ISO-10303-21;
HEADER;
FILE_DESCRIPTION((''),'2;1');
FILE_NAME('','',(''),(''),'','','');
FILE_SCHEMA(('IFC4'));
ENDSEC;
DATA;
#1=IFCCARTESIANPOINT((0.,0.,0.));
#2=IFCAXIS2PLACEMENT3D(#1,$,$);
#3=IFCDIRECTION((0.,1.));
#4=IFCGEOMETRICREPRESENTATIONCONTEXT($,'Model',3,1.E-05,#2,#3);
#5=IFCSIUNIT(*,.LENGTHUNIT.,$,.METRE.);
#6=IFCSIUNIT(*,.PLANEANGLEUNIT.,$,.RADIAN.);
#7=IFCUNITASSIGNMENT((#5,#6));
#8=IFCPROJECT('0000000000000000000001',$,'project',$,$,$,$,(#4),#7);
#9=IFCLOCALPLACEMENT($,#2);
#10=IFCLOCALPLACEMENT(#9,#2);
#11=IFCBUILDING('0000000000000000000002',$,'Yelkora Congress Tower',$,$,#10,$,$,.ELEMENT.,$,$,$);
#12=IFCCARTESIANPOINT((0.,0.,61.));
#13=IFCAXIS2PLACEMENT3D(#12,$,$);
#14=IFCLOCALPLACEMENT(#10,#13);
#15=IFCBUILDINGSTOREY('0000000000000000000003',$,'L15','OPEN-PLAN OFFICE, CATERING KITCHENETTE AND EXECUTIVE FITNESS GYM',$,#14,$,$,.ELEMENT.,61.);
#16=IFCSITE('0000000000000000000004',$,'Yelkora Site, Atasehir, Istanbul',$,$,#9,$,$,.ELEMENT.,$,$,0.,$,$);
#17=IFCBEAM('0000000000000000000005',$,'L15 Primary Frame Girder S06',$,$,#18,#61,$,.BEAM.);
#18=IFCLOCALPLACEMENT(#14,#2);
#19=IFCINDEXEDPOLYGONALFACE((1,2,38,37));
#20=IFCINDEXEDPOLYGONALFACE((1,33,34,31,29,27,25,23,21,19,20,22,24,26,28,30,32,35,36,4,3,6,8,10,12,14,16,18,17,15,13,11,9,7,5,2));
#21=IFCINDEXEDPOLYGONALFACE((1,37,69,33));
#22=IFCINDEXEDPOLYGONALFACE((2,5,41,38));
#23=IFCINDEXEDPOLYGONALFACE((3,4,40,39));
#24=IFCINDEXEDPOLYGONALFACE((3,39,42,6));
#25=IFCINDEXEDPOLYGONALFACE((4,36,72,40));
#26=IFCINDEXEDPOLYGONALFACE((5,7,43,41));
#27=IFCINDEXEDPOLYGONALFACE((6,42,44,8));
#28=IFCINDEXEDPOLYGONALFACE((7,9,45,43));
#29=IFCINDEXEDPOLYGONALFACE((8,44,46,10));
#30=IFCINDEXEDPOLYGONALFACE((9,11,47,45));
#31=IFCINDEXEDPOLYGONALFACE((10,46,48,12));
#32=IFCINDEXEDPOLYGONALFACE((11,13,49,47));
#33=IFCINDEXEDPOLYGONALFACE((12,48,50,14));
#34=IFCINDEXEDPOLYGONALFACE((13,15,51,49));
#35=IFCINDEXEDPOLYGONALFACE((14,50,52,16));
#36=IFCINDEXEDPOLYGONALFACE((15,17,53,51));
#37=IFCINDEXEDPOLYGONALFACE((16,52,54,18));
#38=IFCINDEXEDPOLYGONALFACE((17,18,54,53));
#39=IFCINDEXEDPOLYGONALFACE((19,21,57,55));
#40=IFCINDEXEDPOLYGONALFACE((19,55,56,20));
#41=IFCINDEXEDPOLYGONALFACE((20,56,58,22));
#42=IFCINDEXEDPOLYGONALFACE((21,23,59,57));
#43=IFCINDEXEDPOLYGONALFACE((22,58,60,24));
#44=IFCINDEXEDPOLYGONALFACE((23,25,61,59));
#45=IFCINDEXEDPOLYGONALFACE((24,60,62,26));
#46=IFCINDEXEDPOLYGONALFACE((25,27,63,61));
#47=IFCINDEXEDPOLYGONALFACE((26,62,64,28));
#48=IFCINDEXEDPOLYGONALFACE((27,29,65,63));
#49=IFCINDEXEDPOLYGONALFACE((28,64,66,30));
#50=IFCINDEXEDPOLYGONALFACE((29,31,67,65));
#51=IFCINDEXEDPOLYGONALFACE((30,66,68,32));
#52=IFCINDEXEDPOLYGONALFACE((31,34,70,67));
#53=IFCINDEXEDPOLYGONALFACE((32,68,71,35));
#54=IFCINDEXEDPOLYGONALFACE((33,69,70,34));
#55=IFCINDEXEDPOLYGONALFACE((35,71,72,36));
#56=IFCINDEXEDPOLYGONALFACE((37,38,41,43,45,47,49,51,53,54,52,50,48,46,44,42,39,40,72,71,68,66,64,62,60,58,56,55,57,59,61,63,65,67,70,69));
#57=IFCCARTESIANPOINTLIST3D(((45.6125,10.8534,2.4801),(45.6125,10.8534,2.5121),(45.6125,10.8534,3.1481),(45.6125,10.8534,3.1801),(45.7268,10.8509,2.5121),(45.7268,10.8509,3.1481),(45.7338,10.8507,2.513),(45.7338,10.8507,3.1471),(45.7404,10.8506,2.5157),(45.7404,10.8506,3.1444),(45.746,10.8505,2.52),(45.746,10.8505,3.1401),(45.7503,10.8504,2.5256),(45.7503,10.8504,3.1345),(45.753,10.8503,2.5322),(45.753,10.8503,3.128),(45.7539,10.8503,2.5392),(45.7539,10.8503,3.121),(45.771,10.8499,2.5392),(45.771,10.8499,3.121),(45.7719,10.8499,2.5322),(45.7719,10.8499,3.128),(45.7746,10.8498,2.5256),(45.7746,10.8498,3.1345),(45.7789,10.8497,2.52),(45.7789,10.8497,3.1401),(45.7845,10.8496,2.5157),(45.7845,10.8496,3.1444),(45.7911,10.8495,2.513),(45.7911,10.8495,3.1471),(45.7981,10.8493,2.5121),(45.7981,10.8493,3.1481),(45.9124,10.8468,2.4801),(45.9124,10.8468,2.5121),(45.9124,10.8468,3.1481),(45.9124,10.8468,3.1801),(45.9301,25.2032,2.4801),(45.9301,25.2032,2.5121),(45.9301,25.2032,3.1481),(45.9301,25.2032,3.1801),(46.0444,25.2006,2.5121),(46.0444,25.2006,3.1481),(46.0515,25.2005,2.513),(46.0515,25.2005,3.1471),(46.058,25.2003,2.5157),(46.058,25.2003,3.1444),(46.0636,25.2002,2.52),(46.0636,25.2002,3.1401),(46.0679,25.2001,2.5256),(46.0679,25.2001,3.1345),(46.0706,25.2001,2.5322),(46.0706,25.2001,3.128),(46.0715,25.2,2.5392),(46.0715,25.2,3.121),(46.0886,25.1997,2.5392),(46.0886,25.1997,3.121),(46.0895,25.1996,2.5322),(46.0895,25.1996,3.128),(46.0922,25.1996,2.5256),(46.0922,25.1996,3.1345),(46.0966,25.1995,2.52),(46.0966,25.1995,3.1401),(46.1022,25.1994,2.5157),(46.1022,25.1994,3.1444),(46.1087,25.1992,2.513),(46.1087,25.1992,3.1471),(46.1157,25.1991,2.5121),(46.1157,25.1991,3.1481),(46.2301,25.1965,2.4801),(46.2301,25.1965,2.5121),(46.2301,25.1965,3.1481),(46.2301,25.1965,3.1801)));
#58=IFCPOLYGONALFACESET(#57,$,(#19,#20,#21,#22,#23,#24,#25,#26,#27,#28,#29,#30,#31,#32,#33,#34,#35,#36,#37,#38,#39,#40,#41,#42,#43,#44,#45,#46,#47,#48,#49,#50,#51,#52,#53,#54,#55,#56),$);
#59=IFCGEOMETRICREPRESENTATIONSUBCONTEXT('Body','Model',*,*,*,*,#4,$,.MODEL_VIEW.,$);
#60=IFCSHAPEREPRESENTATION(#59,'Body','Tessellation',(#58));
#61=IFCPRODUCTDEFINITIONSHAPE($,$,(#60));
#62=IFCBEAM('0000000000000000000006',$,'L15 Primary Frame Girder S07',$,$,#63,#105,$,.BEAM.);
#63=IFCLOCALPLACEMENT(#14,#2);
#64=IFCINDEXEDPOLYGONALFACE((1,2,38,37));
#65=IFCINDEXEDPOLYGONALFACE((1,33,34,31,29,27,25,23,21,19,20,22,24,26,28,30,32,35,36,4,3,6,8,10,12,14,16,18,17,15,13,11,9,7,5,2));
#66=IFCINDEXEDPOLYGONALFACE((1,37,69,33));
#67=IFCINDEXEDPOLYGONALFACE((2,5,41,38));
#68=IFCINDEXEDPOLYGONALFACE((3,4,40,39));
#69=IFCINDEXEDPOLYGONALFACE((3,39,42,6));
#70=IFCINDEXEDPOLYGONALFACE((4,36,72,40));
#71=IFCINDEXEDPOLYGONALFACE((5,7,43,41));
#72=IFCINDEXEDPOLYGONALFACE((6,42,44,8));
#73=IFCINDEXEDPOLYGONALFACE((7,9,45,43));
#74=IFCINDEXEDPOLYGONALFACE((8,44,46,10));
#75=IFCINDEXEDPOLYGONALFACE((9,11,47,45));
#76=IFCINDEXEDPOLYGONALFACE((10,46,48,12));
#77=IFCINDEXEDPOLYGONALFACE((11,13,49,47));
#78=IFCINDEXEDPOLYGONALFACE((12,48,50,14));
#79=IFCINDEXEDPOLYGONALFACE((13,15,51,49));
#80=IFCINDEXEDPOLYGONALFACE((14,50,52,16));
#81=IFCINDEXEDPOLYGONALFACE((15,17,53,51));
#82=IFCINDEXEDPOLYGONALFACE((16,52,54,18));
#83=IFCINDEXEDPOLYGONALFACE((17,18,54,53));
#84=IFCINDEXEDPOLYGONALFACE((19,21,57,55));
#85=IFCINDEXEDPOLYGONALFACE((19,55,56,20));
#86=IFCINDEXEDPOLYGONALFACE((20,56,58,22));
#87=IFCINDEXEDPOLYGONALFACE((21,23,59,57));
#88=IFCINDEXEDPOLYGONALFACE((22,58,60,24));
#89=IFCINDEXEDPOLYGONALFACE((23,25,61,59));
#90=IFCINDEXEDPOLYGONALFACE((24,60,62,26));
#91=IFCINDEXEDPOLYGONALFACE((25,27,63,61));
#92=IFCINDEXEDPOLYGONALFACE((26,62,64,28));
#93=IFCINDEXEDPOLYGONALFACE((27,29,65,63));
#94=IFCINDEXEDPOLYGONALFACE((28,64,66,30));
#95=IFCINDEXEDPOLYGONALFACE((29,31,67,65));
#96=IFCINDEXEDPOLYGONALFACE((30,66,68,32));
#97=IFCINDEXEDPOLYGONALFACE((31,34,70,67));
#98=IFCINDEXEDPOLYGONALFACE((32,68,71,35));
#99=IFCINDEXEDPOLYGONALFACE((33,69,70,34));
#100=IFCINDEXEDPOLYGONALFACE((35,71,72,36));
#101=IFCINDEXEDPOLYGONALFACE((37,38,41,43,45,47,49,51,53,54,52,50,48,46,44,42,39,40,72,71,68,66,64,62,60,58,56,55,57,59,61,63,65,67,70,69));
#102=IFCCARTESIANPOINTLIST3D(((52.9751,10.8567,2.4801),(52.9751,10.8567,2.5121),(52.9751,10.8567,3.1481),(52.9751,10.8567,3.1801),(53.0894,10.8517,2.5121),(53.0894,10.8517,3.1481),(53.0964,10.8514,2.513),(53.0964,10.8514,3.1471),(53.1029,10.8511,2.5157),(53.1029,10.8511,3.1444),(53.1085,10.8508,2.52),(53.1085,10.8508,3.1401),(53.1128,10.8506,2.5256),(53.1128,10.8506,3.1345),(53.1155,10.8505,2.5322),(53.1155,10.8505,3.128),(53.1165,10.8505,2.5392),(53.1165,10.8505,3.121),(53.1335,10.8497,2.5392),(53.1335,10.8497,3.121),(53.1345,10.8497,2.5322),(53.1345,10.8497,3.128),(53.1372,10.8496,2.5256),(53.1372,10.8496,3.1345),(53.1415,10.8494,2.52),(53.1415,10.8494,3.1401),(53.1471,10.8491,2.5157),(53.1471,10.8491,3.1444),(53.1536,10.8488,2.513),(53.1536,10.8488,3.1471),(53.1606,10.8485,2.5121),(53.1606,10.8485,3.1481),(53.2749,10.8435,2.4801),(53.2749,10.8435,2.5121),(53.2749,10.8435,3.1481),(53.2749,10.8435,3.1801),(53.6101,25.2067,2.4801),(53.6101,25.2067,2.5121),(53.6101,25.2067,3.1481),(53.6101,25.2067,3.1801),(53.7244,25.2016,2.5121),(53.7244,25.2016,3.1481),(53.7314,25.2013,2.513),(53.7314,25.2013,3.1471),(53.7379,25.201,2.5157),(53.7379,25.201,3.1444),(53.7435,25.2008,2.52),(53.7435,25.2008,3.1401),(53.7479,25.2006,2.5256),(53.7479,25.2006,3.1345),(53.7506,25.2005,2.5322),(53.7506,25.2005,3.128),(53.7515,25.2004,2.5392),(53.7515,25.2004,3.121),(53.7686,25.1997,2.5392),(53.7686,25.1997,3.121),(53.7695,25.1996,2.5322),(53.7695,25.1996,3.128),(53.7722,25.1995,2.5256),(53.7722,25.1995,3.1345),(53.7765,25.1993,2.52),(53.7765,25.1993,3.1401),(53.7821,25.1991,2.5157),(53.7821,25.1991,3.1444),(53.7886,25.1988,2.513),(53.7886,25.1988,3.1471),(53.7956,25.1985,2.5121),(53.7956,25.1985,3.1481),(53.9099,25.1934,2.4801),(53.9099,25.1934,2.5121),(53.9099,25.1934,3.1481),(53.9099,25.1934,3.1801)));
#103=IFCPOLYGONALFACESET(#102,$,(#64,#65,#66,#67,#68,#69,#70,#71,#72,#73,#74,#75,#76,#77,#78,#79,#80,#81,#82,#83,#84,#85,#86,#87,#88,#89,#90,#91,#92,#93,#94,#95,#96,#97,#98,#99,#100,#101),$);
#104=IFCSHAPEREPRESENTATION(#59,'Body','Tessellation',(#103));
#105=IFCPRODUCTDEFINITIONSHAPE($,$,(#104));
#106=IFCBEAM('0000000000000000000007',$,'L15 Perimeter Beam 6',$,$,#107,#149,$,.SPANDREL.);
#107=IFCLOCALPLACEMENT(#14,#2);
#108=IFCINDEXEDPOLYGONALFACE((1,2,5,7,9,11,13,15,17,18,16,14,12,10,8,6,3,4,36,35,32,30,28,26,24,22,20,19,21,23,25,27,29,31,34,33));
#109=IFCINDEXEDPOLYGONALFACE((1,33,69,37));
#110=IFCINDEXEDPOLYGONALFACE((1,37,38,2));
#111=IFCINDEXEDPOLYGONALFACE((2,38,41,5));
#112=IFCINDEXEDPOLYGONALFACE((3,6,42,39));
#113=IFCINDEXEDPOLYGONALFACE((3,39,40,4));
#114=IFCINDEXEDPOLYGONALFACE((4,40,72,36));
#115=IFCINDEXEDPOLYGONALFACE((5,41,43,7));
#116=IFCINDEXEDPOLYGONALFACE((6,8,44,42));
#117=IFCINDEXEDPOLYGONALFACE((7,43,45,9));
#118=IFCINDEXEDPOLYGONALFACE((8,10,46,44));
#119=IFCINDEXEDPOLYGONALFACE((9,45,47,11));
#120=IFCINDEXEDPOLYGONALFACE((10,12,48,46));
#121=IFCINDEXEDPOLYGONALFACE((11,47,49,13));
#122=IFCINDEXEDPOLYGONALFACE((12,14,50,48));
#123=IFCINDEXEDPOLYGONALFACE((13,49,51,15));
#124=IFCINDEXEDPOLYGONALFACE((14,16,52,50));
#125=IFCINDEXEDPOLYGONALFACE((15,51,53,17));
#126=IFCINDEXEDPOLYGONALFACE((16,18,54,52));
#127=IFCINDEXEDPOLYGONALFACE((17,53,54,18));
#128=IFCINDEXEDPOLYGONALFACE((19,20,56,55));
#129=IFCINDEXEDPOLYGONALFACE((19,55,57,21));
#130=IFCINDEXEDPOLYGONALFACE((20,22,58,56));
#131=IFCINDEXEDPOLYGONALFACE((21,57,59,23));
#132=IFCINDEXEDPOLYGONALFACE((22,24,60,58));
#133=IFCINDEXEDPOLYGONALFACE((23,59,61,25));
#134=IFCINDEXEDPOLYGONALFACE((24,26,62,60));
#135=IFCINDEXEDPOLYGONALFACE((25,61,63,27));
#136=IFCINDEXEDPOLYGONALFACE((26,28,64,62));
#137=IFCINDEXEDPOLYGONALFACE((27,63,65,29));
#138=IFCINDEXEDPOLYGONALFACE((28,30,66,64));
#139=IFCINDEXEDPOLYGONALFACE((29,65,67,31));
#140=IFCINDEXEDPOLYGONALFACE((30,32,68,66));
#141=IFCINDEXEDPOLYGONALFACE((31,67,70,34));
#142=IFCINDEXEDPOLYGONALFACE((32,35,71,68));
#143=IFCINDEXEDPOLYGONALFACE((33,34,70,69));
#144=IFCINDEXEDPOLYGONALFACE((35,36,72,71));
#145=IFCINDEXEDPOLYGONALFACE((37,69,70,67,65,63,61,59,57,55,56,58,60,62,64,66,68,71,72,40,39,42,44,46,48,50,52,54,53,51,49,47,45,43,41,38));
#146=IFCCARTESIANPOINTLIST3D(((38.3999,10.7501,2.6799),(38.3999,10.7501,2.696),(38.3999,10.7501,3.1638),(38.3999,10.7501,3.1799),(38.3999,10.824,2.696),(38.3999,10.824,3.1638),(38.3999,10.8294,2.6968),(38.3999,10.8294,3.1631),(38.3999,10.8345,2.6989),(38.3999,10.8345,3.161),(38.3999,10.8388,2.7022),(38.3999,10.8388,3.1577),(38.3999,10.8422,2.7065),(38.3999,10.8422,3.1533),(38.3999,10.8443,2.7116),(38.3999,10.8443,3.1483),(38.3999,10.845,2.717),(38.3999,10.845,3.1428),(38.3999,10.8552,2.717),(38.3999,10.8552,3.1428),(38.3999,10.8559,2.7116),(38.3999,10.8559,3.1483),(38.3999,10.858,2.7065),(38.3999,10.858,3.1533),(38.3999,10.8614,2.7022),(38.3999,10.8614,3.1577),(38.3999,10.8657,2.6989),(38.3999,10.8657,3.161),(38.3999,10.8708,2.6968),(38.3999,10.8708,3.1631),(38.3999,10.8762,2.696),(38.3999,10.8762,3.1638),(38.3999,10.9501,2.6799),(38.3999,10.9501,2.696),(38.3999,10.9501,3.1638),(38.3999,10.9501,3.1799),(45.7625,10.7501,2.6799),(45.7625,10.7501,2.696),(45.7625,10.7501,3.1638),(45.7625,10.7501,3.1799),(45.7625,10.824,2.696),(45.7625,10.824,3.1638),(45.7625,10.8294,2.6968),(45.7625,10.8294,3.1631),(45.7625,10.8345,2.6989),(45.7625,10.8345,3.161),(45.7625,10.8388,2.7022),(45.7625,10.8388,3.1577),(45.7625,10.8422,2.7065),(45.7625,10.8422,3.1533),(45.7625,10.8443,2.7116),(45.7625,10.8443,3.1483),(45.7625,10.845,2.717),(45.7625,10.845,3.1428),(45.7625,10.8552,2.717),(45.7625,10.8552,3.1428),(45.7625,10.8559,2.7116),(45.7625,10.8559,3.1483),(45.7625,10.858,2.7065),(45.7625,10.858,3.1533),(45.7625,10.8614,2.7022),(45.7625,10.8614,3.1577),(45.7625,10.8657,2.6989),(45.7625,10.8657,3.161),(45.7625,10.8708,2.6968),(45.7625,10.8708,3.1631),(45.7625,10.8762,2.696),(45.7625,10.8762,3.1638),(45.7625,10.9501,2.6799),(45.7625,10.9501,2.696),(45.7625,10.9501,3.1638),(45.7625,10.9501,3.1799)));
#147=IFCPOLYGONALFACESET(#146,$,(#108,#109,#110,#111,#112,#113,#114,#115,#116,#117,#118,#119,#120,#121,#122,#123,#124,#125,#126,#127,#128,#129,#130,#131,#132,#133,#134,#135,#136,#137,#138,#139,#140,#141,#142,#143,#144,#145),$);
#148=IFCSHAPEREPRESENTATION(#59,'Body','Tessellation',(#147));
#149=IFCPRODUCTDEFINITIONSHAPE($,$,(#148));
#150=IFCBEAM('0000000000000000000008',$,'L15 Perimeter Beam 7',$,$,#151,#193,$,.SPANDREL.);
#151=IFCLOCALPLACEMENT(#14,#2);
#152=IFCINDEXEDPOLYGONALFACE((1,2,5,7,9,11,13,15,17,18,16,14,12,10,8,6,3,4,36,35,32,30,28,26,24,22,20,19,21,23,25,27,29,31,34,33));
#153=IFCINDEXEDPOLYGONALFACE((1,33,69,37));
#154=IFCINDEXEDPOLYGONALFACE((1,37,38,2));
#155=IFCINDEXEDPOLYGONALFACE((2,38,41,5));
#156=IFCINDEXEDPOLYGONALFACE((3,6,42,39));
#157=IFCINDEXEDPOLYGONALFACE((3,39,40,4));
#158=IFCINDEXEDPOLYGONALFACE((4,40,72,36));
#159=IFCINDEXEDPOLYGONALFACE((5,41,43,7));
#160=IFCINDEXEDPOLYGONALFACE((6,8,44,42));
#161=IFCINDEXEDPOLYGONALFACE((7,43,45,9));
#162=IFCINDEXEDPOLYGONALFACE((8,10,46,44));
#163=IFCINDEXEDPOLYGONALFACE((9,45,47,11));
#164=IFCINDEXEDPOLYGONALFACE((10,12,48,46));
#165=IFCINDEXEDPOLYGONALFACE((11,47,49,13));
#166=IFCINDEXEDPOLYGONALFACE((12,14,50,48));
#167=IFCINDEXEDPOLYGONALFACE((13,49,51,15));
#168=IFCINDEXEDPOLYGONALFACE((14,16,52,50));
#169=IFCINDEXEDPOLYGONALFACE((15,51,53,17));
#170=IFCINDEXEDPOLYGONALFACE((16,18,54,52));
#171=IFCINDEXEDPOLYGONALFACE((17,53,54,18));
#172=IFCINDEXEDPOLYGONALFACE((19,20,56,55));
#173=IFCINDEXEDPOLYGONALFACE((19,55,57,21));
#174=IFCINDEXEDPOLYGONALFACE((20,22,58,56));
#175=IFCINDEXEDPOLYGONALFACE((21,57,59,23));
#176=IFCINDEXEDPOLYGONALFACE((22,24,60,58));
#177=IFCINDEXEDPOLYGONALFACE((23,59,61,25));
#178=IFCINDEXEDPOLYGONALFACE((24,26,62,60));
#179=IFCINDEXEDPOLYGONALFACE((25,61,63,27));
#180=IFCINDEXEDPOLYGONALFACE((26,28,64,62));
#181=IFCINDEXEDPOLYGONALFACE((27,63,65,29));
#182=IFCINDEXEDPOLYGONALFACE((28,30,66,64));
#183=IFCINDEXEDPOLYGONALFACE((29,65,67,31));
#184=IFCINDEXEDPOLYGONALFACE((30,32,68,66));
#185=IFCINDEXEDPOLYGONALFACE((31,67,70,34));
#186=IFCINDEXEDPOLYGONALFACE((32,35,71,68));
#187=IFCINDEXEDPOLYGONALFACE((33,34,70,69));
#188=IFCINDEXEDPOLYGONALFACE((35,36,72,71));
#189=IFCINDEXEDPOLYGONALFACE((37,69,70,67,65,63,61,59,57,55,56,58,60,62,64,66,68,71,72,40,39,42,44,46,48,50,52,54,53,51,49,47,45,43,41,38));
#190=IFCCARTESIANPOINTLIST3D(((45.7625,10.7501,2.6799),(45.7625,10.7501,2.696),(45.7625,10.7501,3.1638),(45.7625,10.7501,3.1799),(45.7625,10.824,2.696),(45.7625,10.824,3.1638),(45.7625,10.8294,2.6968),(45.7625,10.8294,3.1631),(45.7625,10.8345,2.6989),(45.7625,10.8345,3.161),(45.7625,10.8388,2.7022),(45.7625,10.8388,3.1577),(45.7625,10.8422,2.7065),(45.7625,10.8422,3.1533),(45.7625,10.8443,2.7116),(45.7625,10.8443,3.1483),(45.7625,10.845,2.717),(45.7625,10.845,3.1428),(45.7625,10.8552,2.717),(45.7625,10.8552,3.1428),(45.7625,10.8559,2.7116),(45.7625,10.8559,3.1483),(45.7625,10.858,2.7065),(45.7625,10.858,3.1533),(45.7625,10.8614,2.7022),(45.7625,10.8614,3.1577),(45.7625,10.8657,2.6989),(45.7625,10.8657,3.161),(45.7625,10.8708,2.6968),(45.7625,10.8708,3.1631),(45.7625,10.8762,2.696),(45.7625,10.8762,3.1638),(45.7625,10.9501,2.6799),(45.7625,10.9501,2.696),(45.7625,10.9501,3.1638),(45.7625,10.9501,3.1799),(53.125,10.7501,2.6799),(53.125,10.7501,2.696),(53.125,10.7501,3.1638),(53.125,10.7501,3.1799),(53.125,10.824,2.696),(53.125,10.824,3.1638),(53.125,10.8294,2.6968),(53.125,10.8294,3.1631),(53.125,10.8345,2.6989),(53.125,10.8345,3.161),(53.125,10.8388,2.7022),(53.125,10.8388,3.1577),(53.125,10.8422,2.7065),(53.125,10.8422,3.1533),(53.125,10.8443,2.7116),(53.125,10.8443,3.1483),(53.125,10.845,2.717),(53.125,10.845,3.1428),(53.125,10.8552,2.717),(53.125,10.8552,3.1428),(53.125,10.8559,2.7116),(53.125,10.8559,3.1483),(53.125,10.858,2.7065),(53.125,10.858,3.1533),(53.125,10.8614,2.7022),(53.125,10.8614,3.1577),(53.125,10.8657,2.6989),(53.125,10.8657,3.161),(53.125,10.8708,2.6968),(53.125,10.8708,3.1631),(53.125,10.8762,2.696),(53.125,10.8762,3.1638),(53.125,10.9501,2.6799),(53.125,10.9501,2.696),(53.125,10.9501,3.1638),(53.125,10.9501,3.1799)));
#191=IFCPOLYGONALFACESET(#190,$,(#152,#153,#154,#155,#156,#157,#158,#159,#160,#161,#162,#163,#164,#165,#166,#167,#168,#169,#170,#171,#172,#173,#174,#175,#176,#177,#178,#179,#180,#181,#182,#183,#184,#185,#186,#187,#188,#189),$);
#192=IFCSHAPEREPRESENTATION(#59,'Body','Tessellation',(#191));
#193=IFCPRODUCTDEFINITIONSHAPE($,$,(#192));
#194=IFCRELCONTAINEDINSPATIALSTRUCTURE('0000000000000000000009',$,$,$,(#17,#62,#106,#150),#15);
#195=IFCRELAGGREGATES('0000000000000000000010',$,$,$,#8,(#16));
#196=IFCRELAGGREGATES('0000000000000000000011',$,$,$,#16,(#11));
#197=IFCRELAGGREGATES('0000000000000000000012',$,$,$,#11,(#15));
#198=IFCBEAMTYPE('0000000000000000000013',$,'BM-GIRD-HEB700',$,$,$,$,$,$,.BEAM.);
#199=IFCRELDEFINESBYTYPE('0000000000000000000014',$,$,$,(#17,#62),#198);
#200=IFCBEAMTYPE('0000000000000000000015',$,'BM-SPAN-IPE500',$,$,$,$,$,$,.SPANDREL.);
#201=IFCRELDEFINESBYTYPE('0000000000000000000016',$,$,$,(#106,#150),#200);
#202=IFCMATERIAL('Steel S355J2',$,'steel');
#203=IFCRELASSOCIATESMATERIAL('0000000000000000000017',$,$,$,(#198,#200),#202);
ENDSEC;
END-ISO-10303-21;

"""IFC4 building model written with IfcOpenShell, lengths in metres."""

from ifc_helpers import new_model, si_unit, direction, frame, origin, origin_2d, place, context, subcontext, project, spatial, i_section, extrude, material, material_profile, profile_set, type_object, element, save


model = new_model("IFC4")

# Units and contexts
model_context = context("Model", 3, precision=1e-05, world=origin(), true_north=direction((0.0, 1.0)))
body_context = subcontext(model_context, "Body", "Model", "MODEL_VIEW")
ifc_project = project(units=[si_unit("LENGTHUNIT", "METRE"), si_unit("PLANEANGLEUNIT", "RADIAN")], contexts=[model_context])

# Site, building, storey
site_placement = place(None, origin())
site = spatial("IfcSite", under=ifc_project, at=site_placement, Name="Yelkora Site, Atasehir, Istanbul", CompositionType="ELEMENT", RefElevation=0.0)
building_placement = place(site_placement, origin())
building = spatial("IfcBuilding", under=site, at=building_placement, Name="Yelkora Congress Tower", CompositionType="ELEMENT")
storey_placement = place(building_placement, frame((0.0, 0.0, 61.0)))
storey = spatial("IfcBuildingStorey", under=building, at=storey_placement, Name="L15", Description="OPEN-PLAN OFFICE, CATERING KITCHENETTE AND EXECUTIVE FITNESS GYM", CompositionType="ELEMENT", Elevation=61.0)

# Beams
ifc_material_1 = material(Name="Steel S355J2", Category="steel")
ifc_material_profile_1 = material_profile(ifc_material_1, i_section(OverallWidth=0.3, OverallDepth=0.7, WebThickness=0.0171, FlangeThickness=0.032, FilletRadius=0.0271, at=origin_2d()), Name="HEB 700")
ifc_profile_set_1 = profile_set([ifc_material_profile_1], Name="Steel S355J2")
beam_type_1 = type_object("IfcBeamType", Name="BM-GIRD-HEB700", PredefinedType="BEAM", material=ifc_profile_set_1)
beam_1_placement = place(storey_placement, frame((45.7625, 10.8501, 2.8301), z_axis=(0.022129, 0.999755, 0.0), x_axis=(-0.999755, 0.022129, 0.0)))
element("IfcBeam", 1, at=beam_1_placement, inside=storey, type_object=beam_type_1, Name="L15 Primary Frame Girder S06", PredefinedType="BEAM", context=body_context, shape_type="SweptSolid", body=[
    extrude(i_section(OverallWidth=0.3, OverallDepth=0.7, WebThickness=0.0171, FlangeThickness=0.032, FilletRadius=0.0271, at=origin_2d()), origin(), (0.0, 0.0, 1.0), 14.3533),
])
beam_2_placement = place(storey_placement, frame((53.125, 10.8501, 2.8301), z_axis=(0.044209, 0.999022, 0.0), x_axis=(-0.999022, 0.044209, 0.0)))
element("IfcBeam", 2, at=beam_2_placement, inside=storey, type_object=beam_type_1, Name="L15 Primary Frame Girder S07", PredefinedType="BEAM", context=body_context, shape_type="SweptSolid", body=[
    extrude(i_section(OverallWidth=0.3, OverallDepth=0.7, WebThickness=0.0171, FlangeThickness=0.032, FilletRadius=0.0271, at=origin_2d()), origin(), (0.0, 0.0, 1.0), 14.364),
])
ifc_material_profile_2 = material_profile(ifc_material_1, i_section(OverallWidth=0.2, OverallDepth=0.5, WebThickness=0.0103, FlangeThickness=0.0161, FilletRadius=0.021, at=origin_2d()), Name="IPE 500")
ifc_profile_set_2 = profile_set([ifc_material_profile_2], Name="Steel S355J2")
beam_type_2 = type_object("IfcBeamType", Name="BM-SPAN-IPE500", PredefinedType="SPANDREL", material=ifc_profile_set_2)
for number, where, z_axis, x_axis, name in (
    (3, (38.3999, 10.8501, 2.9299), (1.0, 0.0, 0.0), (0.0, 1.0, 0.0), "L15 Perimeter Beam 6"),
    (4, (45.7625, 10.8501, 2.9299), (1.0, 0.0, 0.0), (0.0, 1.0, 0.0), "L15 Perimeter Beam 7"),
):
    element("IfcBeam", number, at=place(storey_placement, frame(where, z_axis=z_axis, x_axis=x_axis)), inside=storey, type_object=beam_type_2, Name=name, PredefinedType="SPANDREL", context=body_context, shape_type="SweptSolid", body=[
        extrude(i_section(OverallWidth=0.2, OverallDepth=0.5, WebThickness=0.0103, FlangeThickness=0.0161, FilletRadius=0.021, at=origin_2d()), origin(), (0.0, 0.0, 1.0), 7.3625),
    ])

save(model, "model.ifc")
